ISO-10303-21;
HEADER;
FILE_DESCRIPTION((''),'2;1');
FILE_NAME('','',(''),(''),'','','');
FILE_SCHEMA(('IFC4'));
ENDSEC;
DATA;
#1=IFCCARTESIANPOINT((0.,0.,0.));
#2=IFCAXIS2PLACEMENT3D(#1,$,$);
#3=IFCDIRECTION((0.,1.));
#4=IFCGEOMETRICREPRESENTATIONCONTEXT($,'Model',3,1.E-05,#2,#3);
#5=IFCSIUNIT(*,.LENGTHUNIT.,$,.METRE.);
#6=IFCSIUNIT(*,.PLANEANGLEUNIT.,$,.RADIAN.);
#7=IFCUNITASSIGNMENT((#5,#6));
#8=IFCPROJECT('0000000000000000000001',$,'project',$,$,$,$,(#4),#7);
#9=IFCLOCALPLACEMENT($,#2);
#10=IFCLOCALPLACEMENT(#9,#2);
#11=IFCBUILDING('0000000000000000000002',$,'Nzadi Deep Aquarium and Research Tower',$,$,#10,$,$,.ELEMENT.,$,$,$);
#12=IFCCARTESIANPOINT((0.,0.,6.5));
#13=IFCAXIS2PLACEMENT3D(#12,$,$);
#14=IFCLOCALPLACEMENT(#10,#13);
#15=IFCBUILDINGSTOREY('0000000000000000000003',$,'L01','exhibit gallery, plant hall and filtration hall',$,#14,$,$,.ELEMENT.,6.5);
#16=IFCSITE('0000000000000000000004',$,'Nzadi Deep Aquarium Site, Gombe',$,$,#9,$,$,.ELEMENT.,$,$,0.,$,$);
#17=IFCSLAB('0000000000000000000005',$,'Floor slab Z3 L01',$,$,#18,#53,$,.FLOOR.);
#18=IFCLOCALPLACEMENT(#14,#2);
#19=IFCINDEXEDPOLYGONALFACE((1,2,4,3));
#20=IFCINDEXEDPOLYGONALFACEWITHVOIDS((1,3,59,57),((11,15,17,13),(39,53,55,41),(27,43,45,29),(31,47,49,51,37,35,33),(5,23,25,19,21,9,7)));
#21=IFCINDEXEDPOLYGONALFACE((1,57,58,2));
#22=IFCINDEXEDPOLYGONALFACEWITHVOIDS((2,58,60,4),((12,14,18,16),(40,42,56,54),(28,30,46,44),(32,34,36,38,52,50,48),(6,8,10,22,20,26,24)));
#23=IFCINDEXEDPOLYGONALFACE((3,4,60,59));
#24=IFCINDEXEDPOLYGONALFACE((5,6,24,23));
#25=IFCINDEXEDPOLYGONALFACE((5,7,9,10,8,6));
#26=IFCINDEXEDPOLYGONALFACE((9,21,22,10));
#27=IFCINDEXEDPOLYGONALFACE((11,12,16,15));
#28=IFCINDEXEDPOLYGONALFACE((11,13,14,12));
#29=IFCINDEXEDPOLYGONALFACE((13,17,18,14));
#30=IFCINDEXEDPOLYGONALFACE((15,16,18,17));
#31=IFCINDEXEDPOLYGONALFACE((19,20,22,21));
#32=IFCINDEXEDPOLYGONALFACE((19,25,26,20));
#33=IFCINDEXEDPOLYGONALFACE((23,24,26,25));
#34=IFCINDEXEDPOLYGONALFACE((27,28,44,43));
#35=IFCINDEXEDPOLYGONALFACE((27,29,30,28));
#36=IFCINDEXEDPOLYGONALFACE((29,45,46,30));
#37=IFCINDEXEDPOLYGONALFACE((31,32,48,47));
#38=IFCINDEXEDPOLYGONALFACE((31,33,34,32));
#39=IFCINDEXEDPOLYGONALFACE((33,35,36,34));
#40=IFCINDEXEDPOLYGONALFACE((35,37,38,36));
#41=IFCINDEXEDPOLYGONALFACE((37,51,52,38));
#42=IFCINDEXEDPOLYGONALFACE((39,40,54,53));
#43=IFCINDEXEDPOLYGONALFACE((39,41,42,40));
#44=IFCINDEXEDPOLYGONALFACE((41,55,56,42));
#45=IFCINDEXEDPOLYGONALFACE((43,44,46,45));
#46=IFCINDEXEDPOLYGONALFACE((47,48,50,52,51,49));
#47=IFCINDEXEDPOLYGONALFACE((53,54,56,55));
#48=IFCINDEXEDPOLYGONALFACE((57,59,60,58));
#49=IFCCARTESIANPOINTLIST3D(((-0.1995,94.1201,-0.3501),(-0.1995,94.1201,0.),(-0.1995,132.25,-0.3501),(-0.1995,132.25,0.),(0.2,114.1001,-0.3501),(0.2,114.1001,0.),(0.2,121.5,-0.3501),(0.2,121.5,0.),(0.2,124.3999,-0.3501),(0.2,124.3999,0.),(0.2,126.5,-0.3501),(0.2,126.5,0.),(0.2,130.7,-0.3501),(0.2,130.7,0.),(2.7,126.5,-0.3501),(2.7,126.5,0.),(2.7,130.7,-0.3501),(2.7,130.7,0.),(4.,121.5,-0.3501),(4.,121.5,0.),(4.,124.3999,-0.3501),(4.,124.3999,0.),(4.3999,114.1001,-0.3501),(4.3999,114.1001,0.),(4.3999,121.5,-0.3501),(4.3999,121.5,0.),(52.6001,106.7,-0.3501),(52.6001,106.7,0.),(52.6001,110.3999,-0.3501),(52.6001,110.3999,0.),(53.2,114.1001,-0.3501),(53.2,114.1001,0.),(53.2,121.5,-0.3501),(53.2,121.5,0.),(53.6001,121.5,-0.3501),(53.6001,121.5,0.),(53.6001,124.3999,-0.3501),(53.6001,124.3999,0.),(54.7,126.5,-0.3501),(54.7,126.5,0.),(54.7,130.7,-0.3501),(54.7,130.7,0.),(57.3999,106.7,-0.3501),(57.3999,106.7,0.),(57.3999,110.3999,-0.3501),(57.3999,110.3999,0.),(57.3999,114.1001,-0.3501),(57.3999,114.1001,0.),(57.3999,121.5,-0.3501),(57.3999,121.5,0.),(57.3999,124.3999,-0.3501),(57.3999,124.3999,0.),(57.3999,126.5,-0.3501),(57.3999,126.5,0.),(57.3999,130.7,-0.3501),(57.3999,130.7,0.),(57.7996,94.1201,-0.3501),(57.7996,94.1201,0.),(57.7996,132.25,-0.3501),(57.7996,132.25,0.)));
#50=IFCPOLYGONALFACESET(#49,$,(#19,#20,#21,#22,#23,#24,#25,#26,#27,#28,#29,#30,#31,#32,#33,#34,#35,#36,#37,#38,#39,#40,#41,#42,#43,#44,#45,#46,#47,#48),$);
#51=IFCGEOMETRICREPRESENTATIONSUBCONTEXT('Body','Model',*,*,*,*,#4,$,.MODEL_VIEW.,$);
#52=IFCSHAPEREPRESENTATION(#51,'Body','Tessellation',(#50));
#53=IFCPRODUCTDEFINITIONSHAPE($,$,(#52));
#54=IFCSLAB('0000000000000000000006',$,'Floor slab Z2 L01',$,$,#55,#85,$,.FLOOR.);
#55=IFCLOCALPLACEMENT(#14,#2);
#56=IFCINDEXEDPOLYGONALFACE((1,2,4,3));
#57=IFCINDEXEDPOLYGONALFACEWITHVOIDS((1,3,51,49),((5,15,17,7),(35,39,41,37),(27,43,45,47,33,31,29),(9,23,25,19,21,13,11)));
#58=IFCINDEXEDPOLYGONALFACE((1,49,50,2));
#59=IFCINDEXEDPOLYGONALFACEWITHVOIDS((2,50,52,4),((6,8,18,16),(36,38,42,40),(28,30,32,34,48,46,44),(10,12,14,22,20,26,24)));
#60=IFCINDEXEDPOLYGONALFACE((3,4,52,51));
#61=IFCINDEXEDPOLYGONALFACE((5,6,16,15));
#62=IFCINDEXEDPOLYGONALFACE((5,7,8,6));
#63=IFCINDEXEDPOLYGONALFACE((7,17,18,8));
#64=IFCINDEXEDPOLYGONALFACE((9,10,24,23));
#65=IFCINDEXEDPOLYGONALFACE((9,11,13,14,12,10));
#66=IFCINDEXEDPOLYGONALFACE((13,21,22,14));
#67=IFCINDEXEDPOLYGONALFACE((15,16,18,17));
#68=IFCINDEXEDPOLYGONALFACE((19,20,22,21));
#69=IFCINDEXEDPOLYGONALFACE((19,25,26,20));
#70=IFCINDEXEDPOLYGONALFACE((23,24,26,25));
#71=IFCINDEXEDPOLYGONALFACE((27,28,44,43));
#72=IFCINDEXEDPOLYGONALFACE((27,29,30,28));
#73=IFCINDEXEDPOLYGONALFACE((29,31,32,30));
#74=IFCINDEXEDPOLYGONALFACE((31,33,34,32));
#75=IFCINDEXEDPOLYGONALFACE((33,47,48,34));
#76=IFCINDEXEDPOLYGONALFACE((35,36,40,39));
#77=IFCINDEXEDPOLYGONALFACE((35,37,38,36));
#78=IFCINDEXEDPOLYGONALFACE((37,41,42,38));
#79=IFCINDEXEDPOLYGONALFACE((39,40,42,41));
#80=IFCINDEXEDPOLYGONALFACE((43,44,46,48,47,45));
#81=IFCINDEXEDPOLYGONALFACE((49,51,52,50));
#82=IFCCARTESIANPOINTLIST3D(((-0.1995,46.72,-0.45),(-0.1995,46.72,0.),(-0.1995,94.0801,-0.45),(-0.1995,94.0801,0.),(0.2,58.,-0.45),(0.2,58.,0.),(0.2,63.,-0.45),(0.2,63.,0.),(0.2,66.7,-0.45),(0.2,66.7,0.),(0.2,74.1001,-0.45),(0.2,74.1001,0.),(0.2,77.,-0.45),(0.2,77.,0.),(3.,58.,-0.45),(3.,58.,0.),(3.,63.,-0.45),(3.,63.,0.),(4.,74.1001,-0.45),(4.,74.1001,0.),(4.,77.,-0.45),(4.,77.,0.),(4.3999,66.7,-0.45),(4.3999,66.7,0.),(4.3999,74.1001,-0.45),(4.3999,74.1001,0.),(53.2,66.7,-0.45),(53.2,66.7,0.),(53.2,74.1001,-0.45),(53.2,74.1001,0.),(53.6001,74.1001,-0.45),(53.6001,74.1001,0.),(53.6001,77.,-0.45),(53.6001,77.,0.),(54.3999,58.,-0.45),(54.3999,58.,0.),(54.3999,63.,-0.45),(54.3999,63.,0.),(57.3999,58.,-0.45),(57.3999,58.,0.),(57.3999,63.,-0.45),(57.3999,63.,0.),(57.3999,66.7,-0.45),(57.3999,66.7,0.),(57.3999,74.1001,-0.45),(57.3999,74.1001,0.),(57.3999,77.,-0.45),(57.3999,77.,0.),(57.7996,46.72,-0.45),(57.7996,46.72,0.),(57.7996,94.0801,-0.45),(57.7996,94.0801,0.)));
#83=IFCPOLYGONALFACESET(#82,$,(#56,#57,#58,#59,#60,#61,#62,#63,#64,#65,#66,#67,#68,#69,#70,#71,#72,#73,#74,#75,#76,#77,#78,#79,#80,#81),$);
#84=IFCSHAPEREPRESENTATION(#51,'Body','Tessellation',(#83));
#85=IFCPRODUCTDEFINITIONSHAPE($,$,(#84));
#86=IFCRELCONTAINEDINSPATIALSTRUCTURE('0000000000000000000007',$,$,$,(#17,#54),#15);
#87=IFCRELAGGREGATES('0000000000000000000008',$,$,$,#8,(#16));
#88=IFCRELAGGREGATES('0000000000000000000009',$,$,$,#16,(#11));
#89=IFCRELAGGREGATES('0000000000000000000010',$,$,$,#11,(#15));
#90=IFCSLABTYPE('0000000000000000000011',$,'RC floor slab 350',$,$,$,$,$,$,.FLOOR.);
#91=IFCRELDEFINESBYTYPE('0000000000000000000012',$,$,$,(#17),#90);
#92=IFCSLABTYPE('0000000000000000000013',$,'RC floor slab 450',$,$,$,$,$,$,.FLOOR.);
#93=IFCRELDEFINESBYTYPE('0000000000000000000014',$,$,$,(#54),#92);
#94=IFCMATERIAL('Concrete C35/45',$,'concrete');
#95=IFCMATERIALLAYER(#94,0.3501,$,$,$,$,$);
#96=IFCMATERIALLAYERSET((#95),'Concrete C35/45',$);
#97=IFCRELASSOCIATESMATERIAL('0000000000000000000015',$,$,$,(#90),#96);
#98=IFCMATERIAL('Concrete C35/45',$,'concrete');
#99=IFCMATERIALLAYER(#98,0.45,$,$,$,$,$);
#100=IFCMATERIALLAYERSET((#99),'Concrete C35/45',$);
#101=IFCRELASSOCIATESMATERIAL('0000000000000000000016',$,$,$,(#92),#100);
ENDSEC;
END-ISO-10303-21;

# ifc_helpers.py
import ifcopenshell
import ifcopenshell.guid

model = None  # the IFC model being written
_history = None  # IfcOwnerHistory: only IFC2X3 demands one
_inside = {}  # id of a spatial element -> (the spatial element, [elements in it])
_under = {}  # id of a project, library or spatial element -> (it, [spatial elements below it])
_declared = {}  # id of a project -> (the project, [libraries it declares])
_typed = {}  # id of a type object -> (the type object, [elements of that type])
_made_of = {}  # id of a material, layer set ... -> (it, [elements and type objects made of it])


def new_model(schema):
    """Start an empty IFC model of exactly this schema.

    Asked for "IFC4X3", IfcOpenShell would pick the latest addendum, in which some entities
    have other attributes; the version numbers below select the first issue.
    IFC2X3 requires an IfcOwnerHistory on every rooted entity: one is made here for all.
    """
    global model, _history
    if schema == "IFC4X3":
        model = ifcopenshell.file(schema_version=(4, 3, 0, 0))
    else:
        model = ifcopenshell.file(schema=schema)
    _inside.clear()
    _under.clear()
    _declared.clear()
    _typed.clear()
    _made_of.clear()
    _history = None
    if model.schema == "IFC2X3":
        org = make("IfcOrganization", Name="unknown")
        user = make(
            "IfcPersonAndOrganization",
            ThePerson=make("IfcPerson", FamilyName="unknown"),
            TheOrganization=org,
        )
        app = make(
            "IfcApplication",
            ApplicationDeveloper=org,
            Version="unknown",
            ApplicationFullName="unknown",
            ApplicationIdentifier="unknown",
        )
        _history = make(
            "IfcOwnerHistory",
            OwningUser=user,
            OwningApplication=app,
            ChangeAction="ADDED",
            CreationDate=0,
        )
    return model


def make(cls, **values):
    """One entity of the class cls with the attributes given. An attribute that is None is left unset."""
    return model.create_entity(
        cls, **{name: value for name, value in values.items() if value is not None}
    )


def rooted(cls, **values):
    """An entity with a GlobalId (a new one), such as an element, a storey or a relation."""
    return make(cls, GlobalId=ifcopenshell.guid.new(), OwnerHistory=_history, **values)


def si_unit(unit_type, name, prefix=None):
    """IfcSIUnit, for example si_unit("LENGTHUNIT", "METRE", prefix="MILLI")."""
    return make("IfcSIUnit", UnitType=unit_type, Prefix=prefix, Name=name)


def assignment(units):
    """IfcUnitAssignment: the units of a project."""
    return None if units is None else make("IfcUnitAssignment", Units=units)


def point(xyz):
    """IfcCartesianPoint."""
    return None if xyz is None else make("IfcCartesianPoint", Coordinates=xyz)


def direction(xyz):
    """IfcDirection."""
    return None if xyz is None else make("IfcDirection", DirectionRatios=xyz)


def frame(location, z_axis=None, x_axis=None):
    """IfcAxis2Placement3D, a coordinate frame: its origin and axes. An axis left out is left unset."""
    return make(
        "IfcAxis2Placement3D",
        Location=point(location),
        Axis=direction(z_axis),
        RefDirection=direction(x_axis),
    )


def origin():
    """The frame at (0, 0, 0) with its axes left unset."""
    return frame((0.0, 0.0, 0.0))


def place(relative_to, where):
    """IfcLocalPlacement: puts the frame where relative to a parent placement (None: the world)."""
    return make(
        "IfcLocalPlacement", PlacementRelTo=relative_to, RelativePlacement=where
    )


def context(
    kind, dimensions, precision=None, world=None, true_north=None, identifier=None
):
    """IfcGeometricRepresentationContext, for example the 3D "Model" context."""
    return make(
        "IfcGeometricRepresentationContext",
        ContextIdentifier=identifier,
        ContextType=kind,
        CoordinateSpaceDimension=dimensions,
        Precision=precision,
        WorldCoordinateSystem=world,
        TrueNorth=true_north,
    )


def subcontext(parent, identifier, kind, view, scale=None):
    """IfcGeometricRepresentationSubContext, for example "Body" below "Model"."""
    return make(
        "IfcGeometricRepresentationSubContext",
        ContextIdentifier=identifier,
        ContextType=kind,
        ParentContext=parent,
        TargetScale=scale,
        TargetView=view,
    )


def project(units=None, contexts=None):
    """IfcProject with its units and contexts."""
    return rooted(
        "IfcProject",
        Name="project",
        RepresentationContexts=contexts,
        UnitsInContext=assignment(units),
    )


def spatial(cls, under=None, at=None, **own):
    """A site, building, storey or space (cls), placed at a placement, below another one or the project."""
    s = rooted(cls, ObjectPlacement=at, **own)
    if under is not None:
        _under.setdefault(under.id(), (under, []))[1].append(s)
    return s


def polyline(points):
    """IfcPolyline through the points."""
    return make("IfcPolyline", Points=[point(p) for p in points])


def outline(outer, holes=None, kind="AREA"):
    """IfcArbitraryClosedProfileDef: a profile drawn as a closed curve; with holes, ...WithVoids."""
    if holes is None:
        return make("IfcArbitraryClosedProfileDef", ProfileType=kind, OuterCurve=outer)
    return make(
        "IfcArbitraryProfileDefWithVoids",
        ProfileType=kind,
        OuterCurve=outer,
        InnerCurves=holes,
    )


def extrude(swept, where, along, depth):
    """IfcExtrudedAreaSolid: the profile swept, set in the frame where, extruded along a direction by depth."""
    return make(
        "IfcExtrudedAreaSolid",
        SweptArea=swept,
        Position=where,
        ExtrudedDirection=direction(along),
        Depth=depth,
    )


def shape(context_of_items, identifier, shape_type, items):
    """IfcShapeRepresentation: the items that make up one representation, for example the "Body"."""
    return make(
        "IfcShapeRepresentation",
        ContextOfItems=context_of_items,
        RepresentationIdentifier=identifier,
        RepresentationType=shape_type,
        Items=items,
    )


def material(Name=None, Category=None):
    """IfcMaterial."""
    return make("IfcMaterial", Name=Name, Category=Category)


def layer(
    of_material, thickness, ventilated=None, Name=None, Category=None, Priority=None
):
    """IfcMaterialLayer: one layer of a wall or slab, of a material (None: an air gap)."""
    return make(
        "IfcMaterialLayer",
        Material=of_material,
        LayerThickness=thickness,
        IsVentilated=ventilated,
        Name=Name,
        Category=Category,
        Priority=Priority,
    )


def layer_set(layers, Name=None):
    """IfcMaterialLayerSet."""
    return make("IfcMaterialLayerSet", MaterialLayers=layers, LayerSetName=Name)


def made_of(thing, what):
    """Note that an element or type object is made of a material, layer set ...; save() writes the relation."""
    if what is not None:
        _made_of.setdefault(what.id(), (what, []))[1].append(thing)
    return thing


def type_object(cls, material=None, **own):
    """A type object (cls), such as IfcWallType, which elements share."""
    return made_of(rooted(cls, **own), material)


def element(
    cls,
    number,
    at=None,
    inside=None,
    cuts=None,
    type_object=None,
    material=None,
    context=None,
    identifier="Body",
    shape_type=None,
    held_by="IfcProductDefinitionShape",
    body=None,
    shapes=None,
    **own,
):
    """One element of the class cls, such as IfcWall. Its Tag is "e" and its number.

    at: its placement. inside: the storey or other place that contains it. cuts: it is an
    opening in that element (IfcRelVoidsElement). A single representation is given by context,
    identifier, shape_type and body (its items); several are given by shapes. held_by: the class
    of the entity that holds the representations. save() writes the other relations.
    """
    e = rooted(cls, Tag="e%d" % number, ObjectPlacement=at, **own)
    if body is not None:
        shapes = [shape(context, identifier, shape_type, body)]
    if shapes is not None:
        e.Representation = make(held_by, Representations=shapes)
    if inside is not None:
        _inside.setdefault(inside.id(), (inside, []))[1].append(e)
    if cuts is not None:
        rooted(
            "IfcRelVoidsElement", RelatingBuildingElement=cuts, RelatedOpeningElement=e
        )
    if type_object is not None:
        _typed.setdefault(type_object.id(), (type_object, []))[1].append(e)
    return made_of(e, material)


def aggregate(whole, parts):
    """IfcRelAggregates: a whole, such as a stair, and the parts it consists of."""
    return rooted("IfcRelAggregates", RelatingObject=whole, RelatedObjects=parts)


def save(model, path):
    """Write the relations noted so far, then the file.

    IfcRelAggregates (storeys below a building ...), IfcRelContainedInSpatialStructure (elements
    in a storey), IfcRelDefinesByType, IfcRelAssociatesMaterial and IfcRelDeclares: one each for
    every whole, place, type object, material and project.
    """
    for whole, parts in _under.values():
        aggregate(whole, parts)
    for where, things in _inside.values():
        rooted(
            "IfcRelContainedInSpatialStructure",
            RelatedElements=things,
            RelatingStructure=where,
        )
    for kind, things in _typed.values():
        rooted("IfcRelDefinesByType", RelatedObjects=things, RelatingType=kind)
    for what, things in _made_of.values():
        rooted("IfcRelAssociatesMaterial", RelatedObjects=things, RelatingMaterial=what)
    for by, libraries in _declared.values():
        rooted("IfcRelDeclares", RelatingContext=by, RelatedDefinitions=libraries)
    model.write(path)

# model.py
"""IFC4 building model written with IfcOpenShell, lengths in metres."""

from ifc_helpers import new_model, si_unit, direction, frame, origin, place, context, subcontext, project, spatial, polyline, outline, extrude, material, layer, layer_set, type_object, element, save


model = new_model("IFC4")

# Units and contexts
model_context = context("Model", 3, precision=1e-05, world=origin(), true_north=direction((0.0, 1.0)))
body_context = subcontext(model_context, "Body", "Model", "MODEL_VIEW")
ifc_project = project(units=[si_unit("LENGTHUNIT", "METRE"), si_unit("PLANEANGLEUNIT", "RADIAN")], contexts=[model_context])

# Site, building, storey
site_placement = place(None, origin())
site = spatial("IfcSite", under=ifc_project, at=site_placement, Name="Nzadi Deep Aquarium Site, Gombe", CompositionType="ELEMENT", RefElevation=0.0)
building_placement = place(site_placement, origin())
building = spatial("IfcBuilding", under=site, at=building_placement, Name="Nzadi Deep Aquarium and Research Tower", CompositionType="ELEMENT")
storey_placement = place(building_placement, frame((0.0, 0.0, 6.5)))
storey = spatial("IfcBuildingStorey", under=building, at=storey_placement, Name="L01", Description="exhibit gallery, plant hall and filtration hall", CompositionType="ELEMENT", Elevation=6.5)

# Slabs
ifc_material_1 = material(Name="Concrete C35/45", Category="concrete")
ifc_layer_1 = layer(ifc_material_1, 0.3501)
ifc_layer_set_1 = layer_set([ifc_layer_1], Name="Concrete C35/45")
slab_type_1 = type_object("IfcSlabType", Name="RC floor slab 350", PredefinedType="FLOOR", material=ifc_layer_set_1)
slab_1_placement = place(storey_placement, frame((0.0, 0.0, -0.3501)))
element("IfcSlab", 1, at=slab_1_placement, inside=storey, type_object=slab_type_1, Name="Floor slab Z3 L01", PredefinedType="FLOOR", context=body_context, shape_type="SweptSolid", body=[
    extrude(outline(polyline([(57.7996, 132.25), (-0.1995, 132.25), (-0.1995, 94.1201), (57.7996, 94.1201), (57.7996, 132.25)]), holes=[polyline([(4.0, 124.3999), (4.0, 121.5), (4.3999, 121.5), (4.3999, 114.1001), (0.2, 114.1001), (0.2, 121.5), (0.2, 124.3999), (4.0, 124.3999)]), polyline([(57.3999, 124.3999), (57.3999, 121.5), (57.3999, 114.1001), (53.2, 114.1001), (53.2, 121.5), (53.6001, 121.5), (53.6001, 124.3999), (57.3999, 124.3999)]), polyline([(52.6001, 106.7), (52.6001, 110.3999), (57.3999, 110.3999), (57.3999, 106.7), (52.6001, 106.7)]), polyline([(0.2, 130.7), (2.7, 130.7), (2.7, 126.5), (0.2, 126.5), (0.2, 130.7)]), polyline([(57.3999, 130.7), (57.3999, 126.5), (54.7, 126.5), (54.7, 130.7), (57.3999, 130.7)])]), origin(), (0.0, 0.0, 1.0), 0.3501),
])
ifc_material_2 = material(Name="Concrete C35/45", Category="concrete")
ifc_layer_2 = layer(ifc_material_2, 0.45)
ifc_layer_set_2 = layer_set([ifc_layer_2], Name="Concrete C35/45")
slab_type_2 = type_object("IfcSlabType", Name="RC floor slab 450", PredefinedType="FLOOR", material=ifc_layer_set_2)
slab_2_placement = place(storey_placement, frame((0.0, 0.0, -0.45)))
element("IfcSlab", 2, at=slab_2_placement, inside=storey, type_object=slab_type_2, Name="Floor slab Z2 L01", PredefinedType="FLOOR", context=body_context, shape_type="SweptSolid", body=[
    extrude(outline(polyline([(-0.1995, 94.0801), (-0.1995, 46.72), (57.7996, 46.72), (57.7996, 94.0801), (-0.1995, 94.0801)]), holes=[polyline([(4.0, 74.1001), (4.3999, 74.1001), (4.3999, 66.7), (0.2, 66.7), (0.2, 74.1001), (0.2, 77.0), (4.0, 77.0), (4.0, 74.1001)]), polyline([(57.3999, 74.1001), (57.3999, 66.7), (53.2, 66.7), (53.2, 74.1001), (53.6001, 74.1001), (53.6001, 77.0), (57.3999, 77.0), (57.3999, 74.1001)]), polyline([(0.2, 63.0), (3.0, 63.0), (3.0, 58.0), (0.2, 58.0), (0.2, 63.0)]), polyline([(57.3999, 63.0), (57.3999, 58.0), (54.3999, 58.0), (54.3999, 63.0), (57.3999, 63.0)])]), origin(), (0.0, 0.0, 1.0), 0.45),
])

save(model, "model.ifc")
